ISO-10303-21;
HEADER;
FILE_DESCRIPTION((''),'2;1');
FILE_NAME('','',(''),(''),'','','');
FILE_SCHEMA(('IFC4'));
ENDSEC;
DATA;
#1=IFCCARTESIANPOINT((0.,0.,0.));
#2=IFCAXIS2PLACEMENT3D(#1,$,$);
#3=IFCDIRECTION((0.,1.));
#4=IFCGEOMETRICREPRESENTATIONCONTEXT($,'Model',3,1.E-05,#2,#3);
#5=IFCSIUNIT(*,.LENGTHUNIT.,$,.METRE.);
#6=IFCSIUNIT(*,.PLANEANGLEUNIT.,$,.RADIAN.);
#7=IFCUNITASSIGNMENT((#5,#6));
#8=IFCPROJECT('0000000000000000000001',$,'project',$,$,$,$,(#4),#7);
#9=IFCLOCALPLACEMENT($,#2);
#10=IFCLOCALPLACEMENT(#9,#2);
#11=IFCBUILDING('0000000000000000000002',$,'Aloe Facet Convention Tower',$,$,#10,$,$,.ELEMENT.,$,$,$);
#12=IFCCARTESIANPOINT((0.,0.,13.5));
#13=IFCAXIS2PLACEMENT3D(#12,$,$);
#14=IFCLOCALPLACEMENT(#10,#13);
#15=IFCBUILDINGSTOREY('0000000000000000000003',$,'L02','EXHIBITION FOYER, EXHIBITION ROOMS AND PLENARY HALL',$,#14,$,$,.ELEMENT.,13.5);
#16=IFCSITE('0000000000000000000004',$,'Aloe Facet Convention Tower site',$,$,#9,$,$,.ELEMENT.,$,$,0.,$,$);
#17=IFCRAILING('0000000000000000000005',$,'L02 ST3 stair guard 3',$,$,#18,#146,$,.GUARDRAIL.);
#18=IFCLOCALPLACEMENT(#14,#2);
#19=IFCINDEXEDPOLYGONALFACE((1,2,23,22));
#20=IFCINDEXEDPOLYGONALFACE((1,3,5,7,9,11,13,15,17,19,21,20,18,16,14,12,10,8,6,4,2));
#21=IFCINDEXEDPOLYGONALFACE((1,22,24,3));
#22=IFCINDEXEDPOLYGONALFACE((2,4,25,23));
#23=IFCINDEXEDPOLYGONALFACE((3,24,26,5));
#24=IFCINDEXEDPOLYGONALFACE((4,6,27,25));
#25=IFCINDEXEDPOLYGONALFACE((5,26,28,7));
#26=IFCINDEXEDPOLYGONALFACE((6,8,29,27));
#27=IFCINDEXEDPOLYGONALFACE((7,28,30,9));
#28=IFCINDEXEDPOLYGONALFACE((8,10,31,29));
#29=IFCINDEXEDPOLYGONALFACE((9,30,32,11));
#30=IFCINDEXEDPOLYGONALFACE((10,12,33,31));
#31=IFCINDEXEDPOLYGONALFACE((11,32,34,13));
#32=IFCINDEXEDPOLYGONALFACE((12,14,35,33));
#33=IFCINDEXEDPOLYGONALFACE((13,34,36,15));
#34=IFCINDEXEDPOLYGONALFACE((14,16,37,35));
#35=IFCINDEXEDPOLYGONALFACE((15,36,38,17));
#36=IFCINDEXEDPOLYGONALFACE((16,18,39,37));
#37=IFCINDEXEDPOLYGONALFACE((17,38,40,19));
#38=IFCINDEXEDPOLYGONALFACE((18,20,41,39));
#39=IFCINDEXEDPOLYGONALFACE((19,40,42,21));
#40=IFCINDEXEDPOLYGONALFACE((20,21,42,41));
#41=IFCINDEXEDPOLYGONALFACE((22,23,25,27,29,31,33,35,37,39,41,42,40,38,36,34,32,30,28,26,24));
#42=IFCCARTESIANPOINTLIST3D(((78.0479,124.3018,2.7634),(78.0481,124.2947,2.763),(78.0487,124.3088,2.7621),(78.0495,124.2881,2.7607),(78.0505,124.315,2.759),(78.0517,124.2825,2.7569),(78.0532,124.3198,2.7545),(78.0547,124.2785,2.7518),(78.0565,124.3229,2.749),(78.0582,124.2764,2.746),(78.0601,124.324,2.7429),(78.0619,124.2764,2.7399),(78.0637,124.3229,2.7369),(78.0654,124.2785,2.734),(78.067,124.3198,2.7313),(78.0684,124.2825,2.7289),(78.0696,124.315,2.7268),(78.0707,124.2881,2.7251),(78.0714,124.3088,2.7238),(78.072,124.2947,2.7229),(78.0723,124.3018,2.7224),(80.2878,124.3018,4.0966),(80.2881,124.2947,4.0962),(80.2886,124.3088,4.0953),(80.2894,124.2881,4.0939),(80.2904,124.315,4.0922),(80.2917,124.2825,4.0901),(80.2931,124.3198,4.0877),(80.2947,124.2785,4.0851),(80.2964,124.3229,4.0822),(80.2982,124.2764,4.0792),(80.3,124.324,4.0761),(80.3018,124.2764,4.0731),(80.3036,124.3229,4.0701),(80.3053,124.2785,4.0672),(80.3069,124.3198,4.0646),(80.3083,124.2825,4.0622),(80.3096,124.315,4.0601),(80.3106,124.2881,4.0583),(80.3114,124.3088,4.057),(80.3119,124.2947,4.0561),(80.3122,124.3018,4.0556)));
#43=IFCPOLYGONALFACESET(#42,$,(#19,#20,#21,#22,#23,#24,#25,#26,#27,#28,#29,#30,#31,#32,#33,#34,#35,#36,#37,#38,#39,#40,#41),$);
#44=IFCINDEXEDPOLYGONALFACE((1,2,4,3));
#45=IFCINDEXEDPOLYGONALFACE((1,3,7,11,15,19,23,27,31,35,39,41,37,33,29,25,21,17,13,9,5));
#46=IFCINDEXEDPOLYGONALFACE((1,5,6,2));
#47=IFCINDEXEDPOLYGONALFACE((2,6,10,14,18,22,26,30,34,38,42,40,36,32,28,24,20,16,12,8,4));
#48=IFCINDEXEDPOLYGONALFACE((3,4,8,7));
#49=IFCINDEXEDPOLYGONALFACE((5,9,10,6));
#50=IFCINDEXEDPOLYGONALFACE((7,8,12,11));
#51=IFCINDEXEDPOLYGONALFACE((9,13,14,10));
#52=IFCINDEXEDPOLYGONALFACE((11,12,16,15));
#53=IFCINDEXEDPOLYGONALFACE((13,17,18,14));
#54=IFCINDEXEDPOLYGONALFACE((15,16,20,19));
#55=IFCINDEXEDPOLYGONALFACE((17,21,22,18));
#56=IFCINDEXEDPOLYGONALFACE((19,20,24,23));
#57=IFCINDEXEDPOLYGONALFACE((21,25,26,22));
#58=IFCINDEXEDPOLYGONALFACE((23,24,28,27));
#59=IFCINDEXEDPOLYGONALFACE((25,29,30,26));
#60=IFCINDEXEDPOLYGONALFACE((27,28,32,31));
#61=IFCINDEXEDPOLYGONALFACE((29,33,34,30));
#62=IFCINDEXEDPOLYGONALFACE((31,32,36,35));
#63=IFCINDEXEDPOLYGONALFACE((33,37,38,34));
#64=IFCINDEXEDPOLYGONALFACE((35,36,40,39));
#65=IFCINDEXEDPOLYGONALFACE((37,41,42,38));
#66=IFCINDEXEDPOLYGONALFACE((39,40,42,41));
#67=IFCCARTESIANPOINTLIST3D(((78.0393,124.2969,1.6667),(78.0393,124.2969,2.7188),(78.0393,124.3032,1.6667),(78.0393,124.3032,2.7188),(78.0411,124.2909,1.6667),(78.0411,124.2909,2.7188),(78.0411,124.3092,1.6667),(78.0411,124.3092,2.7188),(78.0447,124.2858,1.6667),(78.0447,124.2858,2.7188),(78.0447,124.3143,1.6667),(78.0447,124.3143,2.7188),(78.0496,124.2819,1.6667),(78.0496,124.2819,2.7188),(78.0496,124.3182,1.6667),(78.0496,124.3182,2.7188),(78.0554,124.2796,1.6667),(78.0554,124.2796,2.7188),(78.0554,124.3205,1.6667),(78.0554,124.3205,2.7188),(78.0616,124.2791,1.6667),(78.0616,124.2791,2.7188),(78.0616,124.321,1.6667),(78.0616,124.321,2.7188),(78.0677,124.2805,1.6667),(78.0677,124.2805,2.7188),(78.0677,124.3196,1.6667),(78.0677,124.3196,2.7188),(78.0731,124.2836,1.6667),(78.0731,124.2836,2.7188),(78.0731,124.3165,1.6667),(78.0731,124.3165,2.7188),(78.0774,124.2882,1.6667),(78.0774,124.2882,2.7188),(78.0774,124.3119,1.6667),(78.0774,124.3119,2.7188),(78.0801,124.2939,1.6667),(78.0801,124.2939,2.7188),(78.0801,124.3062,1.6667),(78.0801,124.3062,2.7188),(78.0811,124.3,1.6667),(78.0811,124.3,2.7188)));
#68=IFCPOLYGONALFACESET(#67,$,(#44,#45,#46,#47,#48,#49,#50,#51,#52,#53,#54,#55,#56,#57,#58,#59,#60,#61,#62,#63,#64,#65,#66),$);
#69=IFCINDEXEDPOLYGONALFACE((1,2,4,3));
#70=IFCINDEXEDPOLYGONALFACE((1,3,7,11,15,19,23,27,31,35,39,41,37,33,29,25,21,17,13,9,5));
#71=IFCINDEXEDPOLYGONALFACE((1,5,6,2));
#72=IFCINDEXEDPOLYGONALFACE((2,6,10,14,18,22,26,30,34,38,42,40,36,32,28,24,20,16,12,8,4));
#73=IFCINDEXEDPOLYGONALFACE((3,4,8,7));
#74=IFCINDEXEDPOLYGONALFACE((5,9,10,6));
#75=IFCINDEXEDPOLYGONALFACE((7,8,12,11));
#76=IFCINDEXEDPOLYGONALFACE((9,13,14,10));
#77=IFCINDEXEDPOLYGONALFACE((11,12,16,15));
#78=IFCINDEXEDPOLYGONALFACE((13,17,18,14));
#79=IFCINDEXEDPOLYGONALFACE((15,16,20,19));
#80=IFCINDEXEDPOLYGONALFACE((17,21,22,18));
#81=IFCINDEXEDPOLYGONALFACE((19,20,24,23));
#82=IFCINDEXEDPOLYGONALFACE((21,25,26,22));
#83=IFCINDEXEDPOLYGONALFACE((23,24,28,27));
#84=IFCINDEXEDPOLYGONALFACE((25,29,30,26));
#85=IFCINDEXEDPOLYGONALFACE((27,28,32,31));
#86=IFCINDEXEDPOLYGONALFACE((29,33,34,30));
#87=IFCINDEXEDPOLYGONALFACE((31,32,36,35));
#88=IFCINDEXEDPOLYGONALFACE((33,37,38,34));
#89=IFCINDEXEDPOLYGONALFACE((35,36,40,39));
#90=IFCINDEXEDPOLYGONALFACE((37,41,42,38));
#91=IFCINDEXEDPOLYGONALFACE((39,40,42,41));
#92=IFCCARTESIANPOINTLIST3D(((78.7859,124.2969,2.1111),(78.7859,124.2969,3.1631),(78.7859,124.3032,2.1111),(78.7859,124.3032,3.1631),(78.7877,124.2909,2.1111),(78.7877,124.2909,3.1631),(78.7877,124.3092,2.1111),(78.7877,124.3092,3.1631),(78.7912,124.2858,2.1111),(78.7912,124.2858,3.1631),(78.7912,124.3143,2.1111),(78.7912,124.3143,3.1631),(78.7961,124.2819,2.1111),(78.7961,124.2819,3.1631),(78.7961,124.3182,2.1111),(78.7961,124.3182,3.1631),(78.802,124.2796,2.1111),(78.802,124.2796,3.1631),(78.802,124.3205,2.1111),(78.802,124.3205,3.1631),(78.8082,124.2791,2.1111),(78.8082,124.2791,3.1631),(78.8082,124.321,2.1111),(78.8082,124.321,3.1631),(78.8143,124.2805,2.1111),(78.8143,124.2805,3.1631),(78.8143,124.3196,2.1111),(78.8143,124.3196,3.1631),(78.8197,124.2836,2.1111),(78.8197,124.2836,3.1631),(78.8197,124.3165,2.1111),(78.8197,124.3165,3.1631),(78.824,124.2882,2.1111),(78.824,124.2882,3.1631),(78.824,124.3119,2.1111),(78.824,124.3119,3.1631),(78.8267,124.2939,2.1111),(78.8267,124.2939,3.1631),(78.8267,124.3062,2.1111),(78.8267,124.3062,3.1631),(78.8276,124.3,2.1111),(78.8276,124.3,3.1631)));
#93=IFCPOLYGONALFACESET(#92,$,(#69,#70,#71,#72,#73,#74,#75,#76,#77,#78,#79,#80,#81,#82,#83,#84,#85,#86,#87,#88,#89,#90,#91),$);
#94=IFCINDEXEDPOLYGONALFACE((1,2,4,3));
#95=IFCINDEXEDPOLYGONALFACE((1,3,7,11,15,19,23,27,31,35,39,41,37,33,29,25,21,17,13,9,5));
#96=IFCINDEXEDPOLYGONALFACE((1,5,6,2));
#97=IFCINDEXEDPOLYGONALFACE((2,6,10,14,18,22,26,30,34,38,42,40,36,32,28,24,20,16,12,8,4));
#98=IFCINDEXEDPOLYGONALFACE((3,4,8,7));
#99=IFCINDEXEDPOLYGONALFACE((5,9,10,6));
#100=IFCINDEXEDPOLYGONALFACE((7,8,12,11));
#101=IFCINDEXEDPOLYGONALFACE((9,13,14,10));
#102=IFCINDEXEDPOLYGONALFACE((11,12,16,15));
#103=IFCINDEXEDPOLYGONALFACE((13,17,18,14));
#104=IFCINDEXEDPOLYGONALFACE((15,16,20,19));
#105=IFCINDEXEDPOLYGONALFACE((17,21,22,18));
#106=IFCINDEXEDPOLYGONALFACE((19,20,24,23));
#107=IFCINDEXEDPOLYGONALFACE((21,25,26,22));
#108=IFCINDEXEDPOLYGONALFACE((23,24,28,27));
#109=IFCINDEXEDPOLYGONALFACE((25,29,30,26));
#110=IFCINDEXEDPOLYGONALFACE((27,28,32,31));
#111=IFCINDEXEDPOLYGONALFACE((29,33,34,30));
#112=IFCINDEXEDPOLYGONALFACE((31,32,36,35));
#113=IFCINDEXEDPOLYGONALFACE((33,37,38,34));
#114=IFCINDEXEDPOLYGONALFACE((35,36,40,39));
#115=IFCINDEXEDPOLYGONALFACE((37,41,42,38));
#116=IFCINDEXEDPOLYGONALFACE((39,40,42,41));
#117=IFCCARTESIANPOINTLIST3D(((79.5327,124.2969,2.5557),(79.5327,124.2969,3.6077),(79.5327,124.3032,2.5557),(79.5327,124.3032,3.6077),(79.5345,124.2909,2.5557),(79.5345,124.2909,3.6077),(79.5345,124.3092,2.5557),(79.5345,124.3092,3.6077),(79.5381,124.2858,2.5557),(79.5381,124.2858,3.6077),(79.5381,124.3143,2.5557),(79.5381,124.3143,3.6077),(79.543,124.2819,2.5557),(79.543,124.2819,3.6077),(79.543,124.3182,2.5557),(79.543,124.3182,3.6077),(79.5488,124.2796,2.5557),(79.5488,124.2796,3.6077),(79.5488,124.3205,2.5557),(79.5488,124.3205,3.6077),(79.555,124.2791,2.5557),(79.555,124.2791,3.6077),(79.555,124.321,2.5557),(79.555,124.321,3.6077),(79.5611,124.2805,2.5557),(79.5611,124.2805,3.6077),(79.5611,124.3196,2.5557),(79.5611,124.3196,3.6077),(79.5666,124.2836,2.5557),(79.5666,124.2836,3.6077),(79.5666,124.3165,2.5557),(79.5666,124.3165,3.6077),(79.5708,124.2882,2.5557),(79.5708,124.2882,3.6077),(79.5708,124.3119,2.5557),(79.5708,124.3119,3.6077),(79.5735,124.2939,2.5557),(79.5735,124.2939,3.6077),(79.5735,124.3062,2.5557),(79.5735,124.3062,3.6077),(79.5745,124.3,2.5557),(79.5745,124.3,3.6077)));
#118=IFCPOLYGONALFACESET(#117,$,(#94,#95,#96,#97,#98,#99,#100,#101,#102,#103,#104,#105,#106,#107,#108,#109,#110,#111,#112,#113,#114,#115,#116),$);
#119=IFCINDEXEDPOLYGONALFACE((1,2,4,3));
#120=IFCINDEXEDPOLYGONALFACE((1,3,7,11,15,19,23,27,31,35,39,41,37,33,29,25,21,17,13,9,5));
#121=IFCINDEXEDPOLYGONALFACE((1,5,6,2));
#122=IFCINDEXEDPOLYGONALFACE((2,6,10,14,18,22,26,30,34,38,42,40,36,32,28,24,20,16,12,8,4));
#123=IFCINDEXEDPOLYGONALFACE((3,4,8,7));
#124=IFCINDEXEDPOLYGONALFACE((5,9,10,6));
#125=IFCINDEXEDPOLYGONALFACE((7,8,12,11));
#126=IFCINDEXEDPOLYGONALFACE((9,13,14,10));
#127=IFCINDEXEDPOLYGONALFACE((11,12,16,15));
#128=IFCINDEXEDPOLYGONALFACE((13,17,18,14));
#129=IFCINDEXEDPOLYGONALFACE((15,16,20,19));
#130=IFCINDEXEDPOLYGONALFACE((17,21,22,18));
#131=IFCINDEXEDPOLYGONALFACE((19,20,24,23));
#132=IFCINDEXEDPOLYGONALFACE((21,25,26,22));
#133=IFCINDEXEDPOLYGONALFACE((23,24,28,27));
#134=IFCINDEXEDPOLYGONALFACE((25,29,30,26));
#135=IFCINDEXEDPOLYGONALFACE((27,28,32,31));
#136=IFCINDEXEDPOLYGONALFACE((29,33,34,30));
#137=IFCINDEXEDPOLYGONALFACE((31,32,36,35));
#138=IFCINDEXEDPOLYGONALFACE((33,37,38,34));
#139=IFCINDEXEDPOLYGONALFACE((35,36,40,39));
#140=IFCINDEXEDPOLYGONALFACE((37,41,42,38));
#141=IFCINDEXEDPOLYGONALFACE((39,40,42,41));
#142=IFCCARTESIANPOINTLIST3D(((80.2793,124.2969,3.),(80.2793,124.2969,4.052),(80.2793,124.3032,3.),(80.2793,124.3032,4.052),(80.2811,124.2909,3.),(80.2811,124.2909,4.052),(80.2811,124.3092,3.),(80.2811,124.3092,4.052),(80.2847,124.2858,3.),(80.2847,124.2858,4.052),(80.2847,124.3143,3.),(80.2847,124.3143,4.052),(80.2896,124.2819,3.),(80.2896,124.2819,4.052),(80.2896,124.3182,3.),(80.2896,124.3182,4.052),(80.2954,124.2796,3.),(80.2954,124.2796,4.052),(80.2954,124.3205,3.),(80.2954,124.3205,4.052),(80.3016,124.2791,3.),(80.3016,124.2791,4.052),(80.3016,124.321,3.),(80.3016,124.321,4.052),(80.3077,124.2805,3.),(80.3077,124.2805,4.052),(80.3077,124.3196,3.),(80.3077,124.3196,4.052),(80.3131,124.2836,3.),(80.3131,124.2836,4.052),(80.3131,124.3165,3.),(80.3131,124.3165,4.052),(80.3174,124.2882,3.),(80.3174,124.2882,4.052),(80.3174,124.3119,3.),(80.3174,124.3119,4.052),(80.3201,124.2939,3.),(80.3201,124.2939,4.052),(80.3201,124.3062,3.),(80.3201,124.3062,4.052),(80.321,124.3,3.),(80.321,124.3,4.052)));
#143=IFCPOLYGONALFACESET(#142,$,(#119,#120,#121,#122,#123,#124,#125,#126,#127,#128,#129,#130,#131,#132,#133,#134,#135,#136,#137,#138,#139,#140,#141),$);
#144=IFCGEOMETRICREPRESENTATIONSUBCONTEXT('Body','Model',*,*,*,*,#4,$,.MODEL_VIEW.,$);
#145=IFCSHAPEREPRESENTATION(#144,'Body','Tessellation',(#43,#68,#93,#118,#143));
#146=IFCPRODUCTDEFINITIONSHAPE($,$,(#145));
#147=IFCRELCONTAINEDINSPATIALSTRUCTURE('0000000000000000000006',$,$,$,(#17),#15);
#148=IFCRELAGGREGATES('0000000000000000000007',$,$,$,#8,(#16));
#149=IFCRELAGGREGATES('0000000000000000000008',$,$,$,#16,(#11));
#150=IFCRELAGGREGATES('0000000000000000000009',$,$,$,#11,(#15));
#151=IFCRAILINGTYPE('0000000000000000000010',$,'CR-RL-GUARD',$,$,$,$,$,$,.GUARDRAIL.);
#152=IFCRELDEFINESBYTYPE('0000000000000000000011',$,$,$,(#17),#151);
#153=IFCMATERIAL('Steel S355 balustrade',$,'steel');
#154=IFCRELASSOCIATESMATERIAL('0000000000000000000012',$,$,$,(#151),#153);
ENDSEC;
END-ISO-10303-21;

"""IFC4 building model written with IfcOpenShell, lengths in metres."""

from ifc_helpers import new_model, si_unit, direction, frame, origin, origin_2d, place, context, subcontext, project, spatial, circle, extrude, material, type_object, element, save


model = new_model("IFC4")

# Units and contexts
model_context = context("Model", 3, precision=1e-05, world=origin(), true_north=direction((0.0, 1.0)))
body_context = subcontext(model_context, "Body", "Model", "MODEL_VIEW")
ifc_project = project(units=[si_unit("LENGTHUNIT", "METRE"), si_unit("PLANEANGLEUNIT", "RADIAN")], contexts=[model_context])

# Site, building, storey
site_placement = place(None, origin())
site = spatial("IfcSite", under=ifc_project, at=site_placement, Name="Aloe Facet Convention Tower site", CompositionType="ELEMENT", RefElevation=0.0)
building_placement = place(site_placement, origin())
building = spatial("IfcBuilding", under=site, at=building_placement, Name="Aloe Facet Convention Tower", CompositionType="ELEMENT")
storey_placement = place(building_placement, frame((0.0, 0.0, 13.5)))
storey = spatial("IfcBuildingStorey", under=building, at=storey_placement, Name="L02", Description="EXHIBITION FOYER, EXHIBITION ROOMS AND PLENARY HALL", CompositionType="ELEMENT", Elevation=13.5)

# Railing
ifc_material_1 = material(Name="Steel S355 balustrade", Category="steel")
railing_type_1 = type_object("IfcRailingType", Name="CR-RL-GUARD", PredefinedType="GUARDRAIL", material=ifc_material_1)
railing_1_placement = place(storey_placement, frame((78.0601, 124.3, 1.6667)))
element("IfcRailing", 1, at=railing_1_placement, inside=storey, type_object=railing_type_1, Name="L02 ST3 stair guard 3", PredefinedType="GUARDRAIL", context=body_context, shape_type="SweptSolid", body=[
    extrude(circle(Radius=0.0239, at=origin_2d()), frame((0.0, 0.0, 1.0762), z_axis=(0.859306, 0.0, 0.511462), x_axis=(0.0, 1.0, 0.0)), (0.0, 0.0, 1.0), 2.6067),
    extrude(circle(Radius=0.021, at=origin_2d()), origin(), (0.0, 0.0, 1.0), 1.052),
    extrude(circle(Radius=0.021, at=origin_2d()), frame((0.7466, 0.0, 0.4443)), (0.0, 0.0, 1.0), 1.052),
    extrude(circle(Radius=0.021, at=origin_2d()), frame((1.4934, 0.0, 0.8889)), (0.0, 0.0, 1.0), 1.052),
    extrude(circle(Radius=0.021, at=origin_2d()), frame((2.24, 0.0, 1.3333)), (0.0, 0.0, 1.0), 1.052),
])

save(model, "model.ifc")
